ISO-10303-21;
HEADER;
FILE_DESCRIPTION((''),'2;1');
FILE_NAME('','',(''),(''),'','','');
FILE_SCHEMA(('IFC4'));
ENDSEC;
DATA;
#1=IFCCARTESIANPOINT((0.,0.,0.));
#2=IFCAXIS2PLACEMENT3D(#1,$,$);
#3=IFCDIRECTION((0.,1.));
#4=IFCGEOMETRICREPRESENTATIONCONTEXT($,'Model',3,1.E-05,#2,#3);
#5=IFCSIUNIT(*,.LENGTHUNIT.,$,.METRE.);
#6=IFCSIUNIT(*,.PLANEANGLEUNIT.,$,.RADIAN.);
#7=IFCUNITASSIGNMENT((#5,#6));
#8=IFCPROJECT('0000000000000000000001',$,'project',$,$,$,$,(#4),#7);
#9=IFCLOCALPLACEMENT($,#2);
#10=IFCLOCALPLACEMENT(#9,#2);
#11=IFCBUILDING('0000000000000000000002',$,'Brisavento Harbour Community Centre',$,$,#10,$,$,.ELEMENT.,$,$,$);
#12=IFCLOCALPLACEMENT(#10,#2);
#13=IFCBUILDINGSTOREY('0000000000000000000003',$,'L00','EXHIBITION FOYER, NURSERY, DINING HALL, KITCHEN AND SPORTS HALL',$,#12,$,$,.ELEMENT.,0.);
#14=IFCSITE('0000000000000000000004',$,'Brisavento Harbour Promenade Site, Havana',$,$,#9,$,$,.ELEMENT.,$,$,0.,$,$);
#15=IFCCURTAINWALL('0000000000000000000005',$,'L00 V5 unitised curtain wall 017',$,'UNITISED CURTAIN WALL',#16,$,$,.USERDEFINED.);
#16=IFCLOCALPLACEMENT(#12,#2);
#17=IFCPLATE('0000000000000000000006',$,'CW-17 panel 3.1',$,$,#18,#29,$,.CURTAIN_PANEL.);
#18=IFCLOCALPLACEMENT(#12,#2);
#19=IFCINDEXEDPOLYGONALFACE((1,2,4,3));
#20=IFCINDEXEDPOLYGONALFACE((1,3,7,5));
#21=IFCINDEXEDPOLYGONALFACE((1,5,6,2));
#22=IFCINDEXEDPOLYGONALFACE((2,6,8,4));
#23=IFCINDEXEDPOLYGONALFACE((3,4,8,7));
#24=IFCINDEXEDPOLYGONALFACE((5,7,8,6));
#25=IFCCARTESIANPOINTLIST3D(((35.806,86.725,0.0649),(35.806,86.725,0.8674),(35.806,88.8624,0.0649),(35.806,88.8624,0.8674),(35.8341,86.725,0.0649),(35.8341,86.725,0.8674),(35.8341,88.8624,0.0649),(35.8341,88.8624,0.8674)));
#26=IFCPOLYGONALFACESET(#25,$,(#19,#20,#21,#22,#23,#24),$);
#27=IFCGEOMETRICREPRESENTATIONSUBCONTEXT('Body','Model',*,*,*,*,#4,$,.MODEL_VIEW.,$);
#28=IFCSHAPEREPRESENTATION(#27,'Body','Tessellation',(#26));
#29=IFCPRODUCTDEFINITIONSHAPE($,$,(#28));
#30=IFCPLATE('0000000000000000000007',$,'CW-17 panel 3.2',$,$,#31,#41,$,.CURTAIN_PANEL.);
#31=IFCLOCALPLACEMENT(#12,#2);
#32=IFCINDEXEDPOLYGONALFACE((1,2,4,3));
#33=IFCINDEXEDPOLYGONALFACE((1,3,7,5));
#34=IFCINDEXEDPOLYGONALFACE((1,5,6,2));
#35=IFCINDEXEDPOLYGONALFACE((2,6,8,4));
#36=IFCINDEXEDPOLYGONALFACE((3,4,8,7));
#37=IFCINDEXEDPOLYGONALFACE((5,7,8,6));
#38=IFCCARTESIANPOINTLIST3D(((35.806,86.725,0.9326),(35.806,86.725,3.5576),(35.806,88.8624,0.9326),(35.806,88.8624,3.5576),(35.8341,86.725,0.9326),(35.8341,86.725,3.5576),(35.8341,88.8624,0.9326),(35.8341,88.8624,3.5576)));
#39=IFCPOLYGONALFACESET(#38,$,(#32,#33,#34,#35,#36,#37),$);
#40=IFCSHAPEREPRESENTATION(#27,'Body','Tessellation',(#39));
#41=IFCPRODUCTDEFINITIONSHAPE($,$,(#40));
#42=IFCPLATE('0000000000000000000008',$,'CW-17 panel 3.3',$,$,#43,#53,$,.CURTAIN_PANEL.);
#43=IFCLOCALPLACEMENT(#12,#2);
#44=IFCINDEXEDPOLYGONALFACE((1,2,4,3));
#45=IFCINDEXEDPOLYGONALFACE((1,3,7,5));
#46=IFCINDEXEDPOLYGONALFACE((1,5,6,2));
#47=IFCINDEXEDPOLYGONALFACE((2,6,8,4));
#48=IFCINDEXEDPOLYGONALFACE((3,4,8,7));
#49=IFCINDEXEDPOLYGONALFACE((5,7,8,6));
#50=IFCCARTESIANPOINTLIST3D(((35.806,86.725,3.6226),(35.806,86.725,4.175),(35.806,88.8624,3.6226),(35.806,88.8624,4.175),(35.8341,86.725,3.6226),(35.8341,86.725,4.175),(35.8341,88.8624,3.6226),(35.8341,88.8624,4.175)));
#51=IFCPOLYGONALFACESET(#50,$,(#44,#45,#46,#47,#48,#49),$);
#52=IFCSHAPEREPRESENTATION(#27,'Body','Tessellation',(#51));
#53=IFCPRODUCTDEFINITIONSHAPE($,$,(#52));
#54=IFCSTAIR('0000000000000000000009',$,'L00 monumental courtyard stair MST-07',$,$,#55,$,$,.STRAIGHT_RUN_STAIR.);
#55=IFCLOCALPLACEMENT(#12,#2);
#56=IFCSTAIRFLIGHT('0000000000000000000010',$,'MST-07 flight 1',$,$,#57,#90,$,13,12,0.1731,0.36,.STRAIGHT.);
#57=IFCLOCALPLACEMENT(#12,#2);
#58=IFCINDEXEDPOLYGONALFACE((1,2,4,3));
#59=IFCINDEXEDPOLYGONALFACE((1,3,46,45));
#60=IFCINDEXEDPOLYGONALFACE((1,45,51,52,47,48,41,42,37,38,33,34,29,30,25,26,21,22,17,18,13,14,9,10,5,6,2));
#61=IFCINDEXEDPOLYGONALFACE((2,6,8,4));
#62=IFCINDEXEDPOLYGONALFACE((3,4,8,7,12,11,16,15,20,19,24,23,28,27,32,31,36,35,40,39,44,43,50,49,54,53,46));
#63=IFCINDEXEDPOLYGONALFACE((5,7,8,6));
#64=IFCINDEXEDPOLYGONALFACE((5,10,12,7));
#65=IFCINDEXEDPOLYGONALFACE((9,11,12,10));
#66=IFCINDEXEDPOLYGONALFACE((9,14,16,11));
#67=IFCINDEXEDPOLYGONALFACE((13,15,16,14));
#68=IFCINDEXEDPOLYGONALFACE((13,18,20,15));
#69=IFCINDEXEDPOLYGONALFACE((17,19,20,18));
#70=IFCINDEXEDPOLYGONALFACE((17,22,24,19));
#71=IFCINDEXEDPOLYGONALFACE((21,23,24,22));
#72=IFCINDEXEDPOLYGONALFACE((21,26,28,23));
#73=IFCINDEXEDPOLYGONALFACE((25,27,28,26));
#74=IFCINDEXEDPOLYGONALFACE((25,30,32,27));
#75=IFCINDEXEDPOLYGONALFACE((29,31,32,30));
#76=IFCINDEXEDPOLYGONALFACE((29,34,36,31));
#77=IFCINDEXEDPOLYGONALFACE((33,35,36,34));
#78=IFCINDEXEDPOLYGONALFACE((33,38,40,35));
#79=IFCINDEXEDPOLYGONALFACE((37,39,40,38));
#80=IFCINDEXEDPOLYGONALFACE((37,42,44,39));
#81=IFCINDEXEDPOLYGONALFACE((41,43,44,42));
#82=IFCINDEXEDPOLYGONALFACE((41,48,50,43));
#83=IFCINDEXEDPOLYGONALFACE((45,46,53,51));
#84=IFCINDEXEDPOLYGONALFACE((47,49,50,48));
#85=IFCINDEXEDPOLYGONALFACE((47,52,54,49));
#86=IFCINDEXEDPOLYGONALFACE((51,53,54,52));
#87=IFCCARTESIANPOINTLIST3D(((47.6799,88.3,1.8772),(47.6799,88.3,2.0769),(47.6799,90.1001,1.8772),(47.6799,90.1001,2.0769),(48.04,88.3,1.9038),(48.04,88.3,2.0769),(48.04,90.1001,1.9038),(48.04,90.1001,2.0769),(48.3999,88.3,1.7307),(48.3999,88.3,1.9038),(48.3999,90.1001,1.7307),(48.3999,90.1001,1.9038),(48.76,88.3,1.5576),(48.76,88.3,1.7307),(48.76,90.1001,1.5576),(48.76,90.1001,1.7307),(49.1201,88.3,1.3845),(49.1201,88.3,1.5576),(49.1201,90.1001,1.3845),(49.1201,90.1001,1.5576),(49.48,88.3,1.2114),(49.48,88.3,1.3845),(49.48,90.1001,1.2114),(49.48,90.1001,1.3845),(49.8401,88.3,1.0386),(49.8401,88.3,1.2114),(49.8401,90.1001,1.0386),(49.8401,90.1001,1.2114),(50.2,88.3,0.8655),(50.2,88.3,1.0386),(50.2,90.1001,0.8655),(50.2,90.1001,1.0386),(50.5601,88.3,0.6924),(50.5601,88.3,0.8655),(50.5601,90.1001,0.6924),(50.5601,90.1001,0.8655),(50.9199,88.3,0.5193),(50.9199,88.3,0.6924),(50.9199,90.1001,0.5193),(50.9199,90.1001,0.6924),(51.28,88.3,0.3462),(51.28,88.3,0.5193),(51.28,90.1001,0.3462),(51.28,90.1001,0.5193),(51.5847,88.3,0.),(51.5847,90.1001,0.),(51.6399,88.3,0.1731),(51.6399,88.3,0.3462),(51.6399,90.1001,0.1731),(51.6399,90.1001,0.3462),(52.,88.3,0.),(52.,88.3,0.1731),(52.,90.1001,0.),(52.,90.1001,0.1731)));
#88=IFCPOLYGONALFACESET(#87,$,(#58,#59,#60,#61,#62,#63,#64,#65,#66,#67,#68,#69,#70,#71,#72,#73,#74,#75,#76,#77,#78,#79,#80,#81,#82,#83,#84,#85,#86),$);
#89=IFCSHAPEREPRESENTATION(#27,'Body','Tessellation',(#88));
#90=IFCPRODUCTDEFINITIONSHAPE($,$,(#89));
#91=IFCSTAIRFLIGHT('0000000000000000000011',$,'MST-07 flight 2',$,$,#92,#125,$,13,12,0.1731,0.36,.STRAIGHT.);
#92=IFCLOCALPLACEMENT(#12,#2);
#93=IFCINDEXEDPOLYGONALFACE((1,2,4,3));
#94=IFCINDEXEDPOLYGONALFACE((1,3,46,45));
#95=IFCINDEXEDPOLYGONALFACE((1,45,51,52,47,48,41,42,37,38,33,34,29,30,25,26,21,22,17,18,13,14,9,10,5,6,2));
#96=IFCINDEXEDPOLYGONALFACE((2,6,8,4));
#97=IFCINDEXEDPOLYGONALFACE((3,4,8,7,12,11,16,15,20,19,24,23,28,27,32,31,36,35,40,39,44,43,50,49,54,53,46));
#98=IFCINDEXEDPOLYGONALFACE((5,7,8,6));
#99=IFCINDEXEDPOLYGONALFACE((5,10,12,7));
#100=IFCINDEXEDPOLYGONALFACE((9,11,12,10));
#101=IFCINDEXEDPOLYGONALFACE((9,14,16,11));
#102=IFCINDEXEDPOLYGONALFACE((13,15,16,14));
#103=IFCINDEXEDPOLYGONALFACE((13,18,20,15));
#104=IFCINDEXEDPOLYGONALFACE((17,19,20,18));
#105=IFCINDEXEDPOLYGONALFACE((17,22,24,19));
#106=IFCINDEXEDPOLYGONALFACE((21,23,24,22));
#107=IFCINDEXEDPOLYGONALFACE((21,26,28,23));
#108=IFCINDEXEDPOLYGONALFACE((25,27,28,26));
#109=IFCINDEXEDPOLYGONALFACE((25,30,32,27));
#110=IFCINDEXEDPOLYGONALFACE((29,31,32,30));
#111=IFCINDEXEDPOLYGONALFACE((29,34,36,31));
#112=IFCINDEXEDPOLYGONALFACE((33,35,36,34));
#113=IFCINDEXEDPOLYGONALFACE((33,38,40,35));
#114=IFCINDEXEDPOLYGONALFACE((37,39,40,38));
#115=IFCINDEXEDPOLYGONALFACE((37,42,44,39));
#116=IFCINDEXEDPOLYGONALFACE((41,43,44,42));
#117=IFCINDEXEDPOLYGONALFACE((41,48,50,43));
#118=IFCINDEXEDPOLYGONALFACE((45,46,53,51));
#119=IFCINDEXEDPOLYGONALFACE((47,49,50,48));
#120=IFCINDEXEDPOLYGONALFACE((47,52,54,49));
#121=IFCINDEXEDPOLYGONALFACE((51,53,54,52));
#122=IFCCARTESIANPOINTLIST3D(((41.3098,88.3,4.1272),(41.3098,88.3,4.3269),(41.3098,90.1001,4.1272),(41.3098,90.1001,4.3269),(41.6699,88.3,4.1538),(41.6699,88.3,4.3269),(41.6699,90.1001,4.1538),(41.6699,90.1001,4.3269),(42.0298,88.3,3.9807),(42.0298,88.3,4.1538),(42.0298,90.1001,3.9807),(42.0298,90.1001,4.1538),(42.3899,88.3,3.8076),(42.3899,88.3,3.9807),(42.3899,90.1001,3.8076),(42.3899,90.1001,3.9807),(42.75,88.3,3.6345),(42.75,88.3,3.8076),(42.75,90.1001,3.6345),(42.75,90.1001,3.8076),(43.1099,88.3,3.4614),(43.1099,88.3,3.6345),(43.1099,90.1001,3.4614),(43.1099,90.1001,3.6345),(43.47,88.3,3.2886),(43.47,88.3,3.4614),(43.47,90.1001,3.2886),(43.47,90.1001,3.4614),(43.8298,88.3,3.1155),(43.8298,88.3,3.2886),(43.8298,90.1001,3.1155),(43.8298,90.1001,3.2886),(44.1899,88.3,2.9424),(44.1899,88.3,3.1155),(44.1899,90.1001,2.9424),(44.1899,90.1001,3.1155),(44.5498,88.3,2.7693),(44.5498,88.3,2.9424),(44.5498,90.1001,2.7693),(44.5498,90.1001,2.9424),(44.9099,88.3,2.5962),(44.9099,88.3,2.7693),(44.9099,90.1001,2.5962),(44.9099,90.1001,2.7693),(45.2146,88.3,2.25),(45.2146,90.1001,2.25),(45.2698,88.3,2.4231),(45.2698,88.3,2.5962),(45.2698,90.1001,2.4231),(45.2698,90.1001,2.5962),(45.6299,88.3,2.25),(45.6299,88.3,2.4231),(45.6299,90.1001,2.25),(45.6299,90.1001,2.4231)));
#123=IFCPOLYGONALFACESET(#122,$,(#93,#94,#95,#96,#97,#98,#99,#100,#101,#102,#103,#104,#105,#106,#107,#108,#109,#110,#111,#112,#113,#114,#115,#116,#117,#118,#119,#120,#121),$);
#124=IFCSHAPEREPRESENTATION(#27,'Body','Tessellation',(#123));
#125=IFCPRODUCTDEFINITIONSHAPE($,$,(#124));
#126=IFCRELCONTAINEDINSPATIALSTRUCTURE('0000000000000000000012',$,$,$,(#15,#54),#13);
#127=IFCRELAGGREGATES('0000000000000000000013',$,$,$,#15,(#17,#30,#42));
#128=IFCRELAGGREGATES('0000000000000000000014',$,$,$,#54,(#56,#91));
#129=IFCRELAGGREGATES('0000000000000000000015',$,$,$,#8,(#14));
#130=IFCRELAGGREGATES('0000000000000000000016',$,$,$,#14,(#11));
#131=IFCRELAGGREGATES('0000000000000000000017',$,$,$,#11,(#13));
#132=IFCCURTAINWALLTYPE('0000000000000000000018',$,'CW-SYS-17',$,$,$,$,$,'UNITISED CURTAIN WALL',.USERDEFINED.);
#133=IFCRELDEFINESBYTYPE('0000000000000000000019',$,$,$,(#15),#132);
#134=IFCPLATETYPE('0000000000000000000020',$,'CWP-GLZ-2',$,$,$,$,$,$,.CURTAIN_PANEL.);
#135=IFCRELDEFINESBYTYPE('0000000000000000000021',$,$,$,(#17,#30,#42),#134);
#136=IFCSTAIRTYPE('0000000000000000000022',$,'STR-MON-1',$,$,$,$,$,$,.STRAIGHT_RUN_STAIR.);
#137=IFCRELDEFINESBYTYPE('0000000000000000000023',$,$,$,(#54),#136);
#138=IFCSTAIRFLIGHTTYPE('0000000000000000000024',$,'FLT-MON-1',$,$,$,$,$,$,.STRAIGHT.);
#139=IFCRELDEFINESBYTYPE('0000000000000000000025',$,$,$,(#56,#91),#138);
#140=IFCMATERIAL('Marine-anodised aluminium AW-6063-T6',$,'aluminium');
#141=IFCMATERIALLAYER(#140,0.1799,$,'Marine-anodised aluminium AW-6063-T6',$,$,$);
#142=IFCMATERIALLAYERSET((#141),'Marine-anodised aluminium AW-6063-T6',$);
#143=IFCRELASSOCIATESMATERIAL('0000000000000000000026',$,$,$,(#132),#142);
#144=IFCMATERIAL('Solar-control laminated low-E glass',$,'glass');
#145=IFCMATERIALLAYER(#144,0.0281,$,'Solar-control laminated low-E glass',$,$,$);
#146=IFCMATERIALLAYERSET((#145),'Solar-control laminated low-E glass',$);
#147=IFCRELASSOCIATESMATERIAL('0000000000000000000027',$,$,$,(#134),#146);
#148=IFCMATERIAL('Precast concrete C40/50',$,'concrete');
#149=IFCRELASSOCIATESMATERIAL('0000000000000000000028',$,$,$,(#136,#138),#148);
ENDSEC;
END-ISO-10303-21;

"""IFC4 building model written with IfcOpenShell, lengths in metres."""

from ifc_helpers import new_model, si_unit, direction, frame, origin, origin_2d, place, context, subcontext, project, spatial, polyline, rectangle, outline, extrude, material, layer, layer_set, type_object, element, aggregate, save


model = new_model("IFC4")

# Units and contexts
model_context = context("Model", 3, precision=1e-05, world=origin(), true_north=direction((0.0, 1.0)))
body_context = subcontext(model_context, "Body", "Model", "MODEL_VIEW")
ifc_project = project(units=[si_unit("LENGTHUNIT", "METRE"), si_unit("PLANEANGLEUNIT", "RADIAN")], contexts=[model_context])

# Site, building, storey
site_placement = place(None, origin())
site = spatial("IfcSite", under=ifc_project, at=site_placement, Name="Brisavento Harbour Promenade Site, Havana", CompositionType="ELEMENT", RefElevation=0.0)
building_placement = place(site_placement, origin())
building = spatial("IfcBuilding", under=site, at=building_placement, Name="Brisavento Harbour Community Centre", CompositionType="ELEMENT")
storey_placement = place(building_placement, origin())
storey = spatial("IfcBuildingStorey", under=building, at=storey_placement, Name="L00", Description="EXHIBITION FOYER, NURSERY, DINING HALL, KITCHEN AND SPORTS HALL", CompositionType="ELEMENT", Elevation=0.0)

# Curtain wall
ifc_material_1 = material(Name="Marine-anodised aluminium AW-6063-T6", Category="aluminium")
ifc_layer_1 = layer(ifc_material_1, 0.1799, Name="Marine-anodised aluminium AW-6063-T6")
ifc_layer_set_1 = layer_set([ifc_layer_1], Name="Marine-anodised aluminium AW-6063-T6")
curtain_wall_type_1 = type_object("IfcCurtainWallType", Name="CW-SYS-17", ElementType="UNITISED CURTAIN WALL", PredefinedType="USERDEFINED", material=ifc_layer_set_1)
curtain_wall_1_placement = place(storey_placement, origin())
curtain_wall_1 = element("IfcCurtainWall", 1, at=curtain_wall_1_placement, inside=storey, type_object=curtain_wall_type_1, Name="L00 V5 unitised curtain wall 017", ObjectType="UNITISED CURTAIN WALL", PredefinedType="USERDEFINED")

# Plates
ifc_material_2 = material(Name="Solar-control laminated low-E glass", Category="glass")
ifc_layer_2 = layer(ifc_material_2, 0.0281, Name="Solar-control laminated low-E glass")
ifc_layer_set_2 = layer_set([ifc_layer_2], Name="Solar-control laminated low-E glass")
plate_type = type_object("IfcPlateType", Name="CWP-GLZ-2", PredefinedType="CURTAIN_PANEL", material=ifc_layer_set_2)
plate_1_placement = place(storey_placement, frame((35.8201, 87.7937, 0.0649), z_axis=(0.0, 0.0, 1.0), x_axis=(0.0, -1.0, 0.0)))
plate_1 = element("IfcPlate", 2, at=plate_1_placement, type_object=plate_type, Name="CW-17 panel 3.1", PredefinedType="CURTAIN_PANEL", context=body_context, shape_type="SweptSolid", body=[
    extrude(rectangle(XDim=2.1375, YDim=0.0281, at=origin_2d()), origin(), (0.0, 0.0, 1.0), 0.8025),
])
plate_2_placement = place(storey_placement, frame((35.8201, 87.7937, 0.9326), z_axis=(0.0, 0.0, 1.0), x_axis=(0.0, -1.0, 0.0)))
plate_2 = element("IfcPlate", 3, at=plate_2_placement, type_object=plate_type, Name="CW-17 panel 3.2", PredefinedType="CURTAIN_PANEL", context=body_context, shape_type="SweptSolid", body=[
    extrude(rectangle(XDim=2.1375, YDim=0.0281, at=origin_2d()), origin(), (0.0, 0.0, 1.0), 2.625),
])
plate_3_placement = place(storey_placement, frame((35.8201, 87.7937, 3.6226), z_axis=(0.0, 0.0, 1.0), x_axis=(0.0, -1.0, 0.0)))
plate_3 = element("IfcPlate", 4, at=plate_3_placement, type_object=plate_type, Name="CW-17 panel 3.3", PredefinedType="CURTAIN_PANEL", context=body_context, shape_type="SweptSolid", body=[
    extrude(rectangle(XDim=2.1375, YDim=0.0281, at=origin_2d()), origin(), (0.0, 0.0, 1.0), 0.5525),
])
aggregate(curtain_wall_1, [plate_1, plate_2, plate_3])

# Stair, stair flights
ifc_material_3 = material(Name="Precast concrete C40/50", Category="concrete")
stair_type = type_object("IfcStairType", Name="STR-MON-1", PredefinedType="STRAIGHT_RUN_STAIR", material=ifc_material_3)
stair_placement = place(storey_placement, origin())
stair = element("IfcStair", 5, at=stair_placement, inside=storey, type_object=stair_type, Name="L00 monumental courtyard stair MST-07", PredefinedType="STRAIGHT_RUN_STAIR")
stair_flight_type = type_object("IfcStairFlightType", Name="FLT-MON-1", PredefinedType="STRAIGHT", material=ifc_material_3)
stair_flight_1_placement = place(storey_placement, frame((52.0, 89.2, 0.0), z_axis=(0.0, 0.0, 1.0), x_axis=(-1.0, 0.0, 0.0)))
stair_flight_1 = element("IfcStairFlight", 6, at=stair_flight_1_placement, type_object=stair_flight_type, Name="MST-07 flight 1", NumberOfRisers=13, NumberOfTreads=12, PredefinedType="STRAIGHT", RiserHeight=0.1731, TreadLength=0.36, context=body_context, shape_type="SweptSolid", body=[
    extrude(outline(polyline([(0.0, 0.0), (0.0, 0.1731), (0.3601, 0.1731), (0.3601, 0.3462), (0.72, 0.3462), (0.72, 0.5193), (1.0801, 0.5193), (1.0801, 0.6924), (1.4399, 0.6924), (1.4399, 0.8655), (1.8, 0.8655), (1.8, 1.0386), (2.1599, 1.0386), (2.1599, 1.2114), (2.52, 1.2114), (2.52, 1.3845), (2.8799, 1.3845), (2.8799, 1.5576), (3.24, 1.5576), (3.24, 1.7307), (3.6001, 1.7307), (3.6001, 1.9038), (3.96, 1.9038), (3.96, 2.0769), (4.3201, 2.0769), (4.3201, 2.25), (4.3201, 1.8772), (0.4153, 0.0), (0.0, 0.0)])), frame((0.0, 0.8999, 0.0), z_axis=(0.0, -1.0, 0.0), x_axis=(1.0, 0.0, 0.0)), (0.0, 0.0, 1.0), 1.8),
])
stair_flight_2_placement = place(storey_placement, frame((45.6299, 89.2, 2.25), z_axis=(0.0, 0.0, 1.0), x_axis=(-1.0, 0.0, 0.0)))
stair_flight_2 = element("IfcStairFlight", 7, at=stair_flight_2_placement, type_object=stair_flight_type, Name="MST-07 flight 2", NumberOfRisers=13, NumberOfTreads=12, PredefinedType="STRAIGHT", RiserHeight=0.1731, TreadLength=0.36, context=body_context, shape_type="SweptSolid", body=[
    extrude(outline(polyline([(0.0, 0.0), (0.0, 0.1731), (0.3601, 0.1731), (0.3601, 0.3462), (0.72, 0.3462), (0.72, 0.5193), (1.0801, 0.5193), (1.0801, 0.6924), (1.4399, 0.6924), (1.4399, 0.8655), (1.8, 0.8655), (1.8, 1.0386), (2.1599, 1.0386), (2.1599, 1.2114), (2.52, 1.2114), (2.52, 1.3845), (2.8799, 1.3845), (2.8799, 1.5576), (3.24, 1.5576), (3.24, 1.7307), (3.6001, 1.7307), (3.6001, 1.9038), (3.96, 1.9038), (3.96, 2.0769), (4.3201, 2.0769), (4.3201, 2.25), (4.3201, 1.8772), (0.4153, 0.0), (0.0, 0.0)])), frame((0.0, 0.8999, 0.0), z_axis=(0.0, -1.0, 0.0), x_axis=(1.0, 0.0, 0.0)), (0.0, 0.0, 1.0), 1.8),
])
aggregate(stair, [stair_flight_1, stair_flight_2])

save(model, "model.ifc")
